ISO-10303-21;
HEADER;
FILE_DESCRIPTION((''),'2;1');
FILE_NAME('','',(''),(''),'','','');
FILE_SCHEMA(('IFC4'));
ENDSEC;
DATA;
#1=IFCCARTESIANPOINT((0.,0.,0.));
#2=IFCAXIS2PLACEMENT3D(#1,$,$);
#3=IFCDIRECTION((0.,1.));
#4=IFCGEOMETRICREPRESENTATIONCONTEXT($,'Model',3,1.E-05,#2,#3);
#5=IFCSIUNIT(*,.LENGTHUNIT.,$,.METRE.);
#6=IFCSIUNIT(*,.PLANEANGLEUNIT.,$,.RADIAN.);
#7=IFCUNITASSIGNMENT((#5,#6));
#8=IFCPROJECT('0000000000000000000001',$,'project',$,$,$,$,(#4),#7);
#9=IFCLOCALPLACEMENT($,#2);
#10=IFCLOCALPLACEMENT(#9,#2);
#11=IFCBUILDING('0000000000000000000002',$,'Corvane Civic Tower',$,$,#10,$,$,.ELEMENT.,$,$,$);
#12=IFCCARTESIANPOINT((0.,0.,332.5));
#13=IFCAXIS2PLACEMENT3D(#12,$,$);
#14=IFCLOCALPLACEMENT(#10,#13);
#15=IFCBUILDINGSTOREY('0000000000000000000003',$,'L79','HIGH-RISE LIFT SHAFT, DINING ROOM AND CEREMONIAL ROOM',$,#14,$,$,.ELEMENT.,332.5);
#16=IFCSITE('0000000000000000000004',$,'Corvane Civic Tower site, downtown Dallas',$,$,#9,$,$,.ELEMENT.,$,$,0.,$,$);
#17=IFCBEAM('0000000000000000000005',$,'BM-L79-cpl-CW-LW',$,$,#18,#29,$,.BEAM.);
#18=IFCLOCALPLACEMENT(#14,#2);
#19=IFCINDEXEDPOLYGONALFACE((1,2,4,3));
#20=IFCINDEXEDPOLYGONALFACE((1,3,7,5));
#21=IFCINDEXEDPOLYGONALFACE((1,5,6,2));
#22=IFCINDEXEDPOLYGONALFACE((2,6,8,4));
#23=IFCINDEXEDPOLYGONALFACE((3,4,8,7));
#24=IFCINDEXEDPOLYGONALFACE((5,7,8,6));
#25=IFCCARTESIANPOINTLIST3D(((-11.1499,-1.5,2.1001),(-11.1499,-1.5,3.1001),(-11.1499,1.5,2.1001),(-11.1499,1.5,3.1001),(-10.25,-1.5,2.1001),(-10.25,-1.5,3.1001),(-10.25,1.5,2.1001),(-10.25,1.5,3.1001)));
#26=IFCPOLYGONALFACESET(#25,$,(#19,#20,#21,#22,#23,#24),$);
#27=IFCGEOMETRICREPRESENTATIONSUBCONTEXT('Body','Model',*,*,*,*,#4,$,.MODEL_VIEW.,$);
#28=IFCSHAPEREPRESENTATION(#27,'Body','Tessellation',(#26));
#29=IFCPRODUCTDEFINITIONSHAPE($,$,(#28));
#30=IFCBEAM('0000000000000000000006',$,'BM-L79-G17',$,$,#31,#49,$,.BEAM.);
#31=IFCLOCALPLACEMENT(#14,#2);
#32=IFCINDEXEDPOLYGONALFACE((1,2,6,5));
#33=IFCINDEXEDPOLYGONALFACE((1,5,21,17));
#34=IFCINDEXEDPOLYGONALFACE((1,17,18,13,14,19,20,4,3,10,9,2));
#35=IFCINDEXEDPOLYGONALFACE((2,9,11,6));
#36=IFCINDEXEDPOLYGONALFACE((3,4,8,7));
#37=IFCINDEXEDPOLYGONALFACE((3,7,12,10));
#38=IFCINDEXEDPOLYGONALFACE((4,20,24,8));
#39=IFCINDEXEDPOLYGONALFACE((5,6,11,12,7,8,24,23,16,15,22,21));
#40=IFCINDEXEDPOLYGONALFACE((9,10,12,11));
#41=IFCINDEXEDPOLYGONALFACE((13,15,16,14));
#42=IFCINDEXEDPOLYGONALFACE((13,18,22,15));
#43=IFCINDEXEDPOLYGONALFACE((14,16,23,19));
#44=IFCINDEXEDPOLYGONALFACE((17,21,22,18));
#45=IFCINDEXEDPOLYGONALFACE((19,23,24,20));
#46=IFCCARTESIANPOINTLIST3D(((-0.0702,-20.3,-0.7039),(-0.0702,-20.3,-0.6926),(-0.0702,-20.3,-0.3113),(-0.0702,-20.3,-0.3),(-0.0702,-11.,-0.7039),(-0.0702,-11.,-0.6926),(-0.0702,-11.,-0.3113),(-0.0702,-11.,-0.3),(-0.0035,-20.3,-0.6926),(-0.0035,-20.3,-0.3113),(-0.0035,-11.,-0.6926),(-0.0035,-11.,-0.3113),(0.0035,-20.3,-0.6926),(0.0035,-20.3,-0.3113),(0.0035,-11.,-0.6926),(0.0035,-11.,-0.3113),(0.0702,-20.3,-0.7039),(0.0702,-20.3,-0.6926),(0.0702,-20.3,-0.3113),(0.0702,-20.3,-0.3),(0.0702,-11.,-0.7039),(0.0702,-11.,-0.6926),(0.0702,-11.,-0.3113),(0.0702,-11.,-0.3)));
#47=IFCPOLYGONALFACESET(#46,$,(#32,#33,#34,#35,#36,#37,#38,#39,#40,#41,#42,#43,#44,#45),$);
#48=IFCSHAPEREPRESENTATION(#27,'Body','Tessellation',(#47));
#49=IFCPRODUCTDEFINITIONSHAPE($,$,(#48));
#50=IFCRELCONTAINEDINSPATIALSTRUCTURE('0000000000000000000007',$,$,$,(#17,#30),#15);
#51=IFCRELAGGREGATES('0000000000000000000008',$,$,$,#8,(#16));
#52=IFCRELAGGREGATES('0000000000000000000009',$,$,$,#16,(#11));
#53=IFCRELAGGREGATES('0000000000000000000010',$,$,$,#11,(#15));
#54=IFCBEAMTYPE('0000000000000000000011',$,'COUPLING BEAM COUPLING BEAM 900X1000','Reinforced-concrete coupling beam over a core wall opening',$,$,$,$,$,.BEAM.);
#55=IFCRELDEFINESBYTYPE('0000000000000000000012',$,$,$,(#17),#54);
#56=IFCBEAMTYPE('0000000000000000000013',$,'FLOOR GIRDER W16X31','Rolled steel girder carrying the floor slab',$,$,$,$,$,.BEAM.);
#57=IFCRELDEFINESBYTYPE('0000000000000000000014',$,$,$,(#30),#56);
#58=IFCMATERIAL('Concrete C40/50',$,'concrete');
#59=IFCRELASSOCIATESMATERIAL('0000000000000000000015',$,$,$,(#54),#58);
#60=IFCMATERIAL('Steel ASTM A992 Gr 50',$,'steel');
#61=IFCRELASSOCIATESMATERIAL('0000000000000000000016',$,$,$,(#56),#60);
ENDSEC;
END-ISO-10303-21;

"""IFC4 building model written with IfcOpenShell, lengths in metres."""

from ifc_helpers import new_model, si_unit, direction, frame, origin, origin_2d, place, context, subcontext, project, spatial, rectangle, i_section, extrude, material, material_profile, profile_set, type_object, element, save


model = new_model("IFC4")

# Units and contexts
model_context = context("Model", 3, precision=1e-05, world=origin(), true_north=direction((0.0, 1.0)))
body_context = subcontext(model_context, "Body", "Model", "MODEL_VIEW")
ifc_project = project(units=[si_unit("LENGTHUNIT", "METRE"), si_unit("PLANEANGLEUNIT", "RADIAN")], contexts=[model_context])

# Site, building, storey
site_placement = place(None, origin())
site = spatial("IfcSite", under=ifc_project, at=site_placement, Name="Corvane Civic Tower site, downtown Dallas", CompositionType="ELEMENT", RefElevation=0.0)
building_placement = place(site_placement, origin())
building = spatial("IfcBuilding", under=site, at=building_placement, Name="Corvane Civic Tower", CompositionType="ELEMENT")
storey_placement = place(building_placement, frame((0.0, 0.0, 332.5)))
storey = spatial("IfcBuildingStorey", under=building, at=storey_placement, Name="L79", Description="HIGH-RISE LIFT SHAFT, DINING ROOM AND CEREMONIAL ROOM", CompositionType="ELEMENT", Elevation=332.5)

# Beams
ifc_material_1 = material(Name="Concrete C40/50", Category="concrete")
ifc_material_profile_1 = material_profile(ifc_material_1, rectangle(XDim=0.8999, YDim=1.0, at=origin_2d()), Name="COUPLING BEAM 900X1000")
ifc_profile_set_1 = profile_set([ifc_material_profile_1], Name="Concrete C40/50")
beam_type_1 = type_object("IfcBeamType", Name="COUPLING BEAM COUPLING BEAM 900X1000", Description="Reinforced-concrete coupling beam over a core wall opening", PredefinedType="BEAM", material=ifc_profile_set_1)
beam_1_placement = place(storey_placement, frame((-10.7, -1.5, 2.6001), z_axis=(0.0, 1.0, 0.0), x_axis=(-1.0, 0.0, 0.0)))
element("IfcBeam", 1, at=beam_1_placement, inside=storey, type_object=beam_type_1, Name="BM-L79-cpl-CW-LW", PredefinedType="BEAM", context=body_context, shape_type="SweptSolid", body=[
    extrude(rectangle(XDim=0.8999, YDim=1.0, at=origin_2d()), origin(), (0.0, 0.0, 1.0), 3.0),
])
ifc_material_2 = material(Name="Steel ASTM A992 Gr 50", Category="steel")
ifc_material_profile_2 = material_profile(ifc_material_2, i_section(OverallWidth=0.1404, OverallDepth=0.4038, WebThickness=0.0071, FlangeThickness=0.0112, at=origin_2d()), Name="W16X31")
ifc_profile_set_2 = profile_set([ifc_material_profile_2], Name="Steel ASTM A992 Gr 50")
beam_type_2 = type_object("IfcBeamType", Name="FLOOR GIRDER W16X31", Description="Rolled steel girder carrying the floor slab", PredefinedType="BEAM", material=ifc_profile_set_2)
beam_2_placement = place(storey_placement, frame((0.0, -11.0, -0.502), z_axis=(0.0, -1.0, 0.0), x_axis=(1.0, 0.0, 0.0)))
element("IfcBeam", 2, at=beam_2_placement, inside=storey, type_object=beam_type_2, Name="BM-L79-G17", PredefinedType="BEAM", context=body_context, shape_type="SweptSolid", body=[
    extrude(i_section(OverallWidth=0.1404, OverallDepth=0.4038, WebThickness=0.0071, FlangeThickness=0.0112, at=origin_2d()), origin(), (0.0, 0.0, 1.0), 9.3),
])

save(model, "model.ifc")
